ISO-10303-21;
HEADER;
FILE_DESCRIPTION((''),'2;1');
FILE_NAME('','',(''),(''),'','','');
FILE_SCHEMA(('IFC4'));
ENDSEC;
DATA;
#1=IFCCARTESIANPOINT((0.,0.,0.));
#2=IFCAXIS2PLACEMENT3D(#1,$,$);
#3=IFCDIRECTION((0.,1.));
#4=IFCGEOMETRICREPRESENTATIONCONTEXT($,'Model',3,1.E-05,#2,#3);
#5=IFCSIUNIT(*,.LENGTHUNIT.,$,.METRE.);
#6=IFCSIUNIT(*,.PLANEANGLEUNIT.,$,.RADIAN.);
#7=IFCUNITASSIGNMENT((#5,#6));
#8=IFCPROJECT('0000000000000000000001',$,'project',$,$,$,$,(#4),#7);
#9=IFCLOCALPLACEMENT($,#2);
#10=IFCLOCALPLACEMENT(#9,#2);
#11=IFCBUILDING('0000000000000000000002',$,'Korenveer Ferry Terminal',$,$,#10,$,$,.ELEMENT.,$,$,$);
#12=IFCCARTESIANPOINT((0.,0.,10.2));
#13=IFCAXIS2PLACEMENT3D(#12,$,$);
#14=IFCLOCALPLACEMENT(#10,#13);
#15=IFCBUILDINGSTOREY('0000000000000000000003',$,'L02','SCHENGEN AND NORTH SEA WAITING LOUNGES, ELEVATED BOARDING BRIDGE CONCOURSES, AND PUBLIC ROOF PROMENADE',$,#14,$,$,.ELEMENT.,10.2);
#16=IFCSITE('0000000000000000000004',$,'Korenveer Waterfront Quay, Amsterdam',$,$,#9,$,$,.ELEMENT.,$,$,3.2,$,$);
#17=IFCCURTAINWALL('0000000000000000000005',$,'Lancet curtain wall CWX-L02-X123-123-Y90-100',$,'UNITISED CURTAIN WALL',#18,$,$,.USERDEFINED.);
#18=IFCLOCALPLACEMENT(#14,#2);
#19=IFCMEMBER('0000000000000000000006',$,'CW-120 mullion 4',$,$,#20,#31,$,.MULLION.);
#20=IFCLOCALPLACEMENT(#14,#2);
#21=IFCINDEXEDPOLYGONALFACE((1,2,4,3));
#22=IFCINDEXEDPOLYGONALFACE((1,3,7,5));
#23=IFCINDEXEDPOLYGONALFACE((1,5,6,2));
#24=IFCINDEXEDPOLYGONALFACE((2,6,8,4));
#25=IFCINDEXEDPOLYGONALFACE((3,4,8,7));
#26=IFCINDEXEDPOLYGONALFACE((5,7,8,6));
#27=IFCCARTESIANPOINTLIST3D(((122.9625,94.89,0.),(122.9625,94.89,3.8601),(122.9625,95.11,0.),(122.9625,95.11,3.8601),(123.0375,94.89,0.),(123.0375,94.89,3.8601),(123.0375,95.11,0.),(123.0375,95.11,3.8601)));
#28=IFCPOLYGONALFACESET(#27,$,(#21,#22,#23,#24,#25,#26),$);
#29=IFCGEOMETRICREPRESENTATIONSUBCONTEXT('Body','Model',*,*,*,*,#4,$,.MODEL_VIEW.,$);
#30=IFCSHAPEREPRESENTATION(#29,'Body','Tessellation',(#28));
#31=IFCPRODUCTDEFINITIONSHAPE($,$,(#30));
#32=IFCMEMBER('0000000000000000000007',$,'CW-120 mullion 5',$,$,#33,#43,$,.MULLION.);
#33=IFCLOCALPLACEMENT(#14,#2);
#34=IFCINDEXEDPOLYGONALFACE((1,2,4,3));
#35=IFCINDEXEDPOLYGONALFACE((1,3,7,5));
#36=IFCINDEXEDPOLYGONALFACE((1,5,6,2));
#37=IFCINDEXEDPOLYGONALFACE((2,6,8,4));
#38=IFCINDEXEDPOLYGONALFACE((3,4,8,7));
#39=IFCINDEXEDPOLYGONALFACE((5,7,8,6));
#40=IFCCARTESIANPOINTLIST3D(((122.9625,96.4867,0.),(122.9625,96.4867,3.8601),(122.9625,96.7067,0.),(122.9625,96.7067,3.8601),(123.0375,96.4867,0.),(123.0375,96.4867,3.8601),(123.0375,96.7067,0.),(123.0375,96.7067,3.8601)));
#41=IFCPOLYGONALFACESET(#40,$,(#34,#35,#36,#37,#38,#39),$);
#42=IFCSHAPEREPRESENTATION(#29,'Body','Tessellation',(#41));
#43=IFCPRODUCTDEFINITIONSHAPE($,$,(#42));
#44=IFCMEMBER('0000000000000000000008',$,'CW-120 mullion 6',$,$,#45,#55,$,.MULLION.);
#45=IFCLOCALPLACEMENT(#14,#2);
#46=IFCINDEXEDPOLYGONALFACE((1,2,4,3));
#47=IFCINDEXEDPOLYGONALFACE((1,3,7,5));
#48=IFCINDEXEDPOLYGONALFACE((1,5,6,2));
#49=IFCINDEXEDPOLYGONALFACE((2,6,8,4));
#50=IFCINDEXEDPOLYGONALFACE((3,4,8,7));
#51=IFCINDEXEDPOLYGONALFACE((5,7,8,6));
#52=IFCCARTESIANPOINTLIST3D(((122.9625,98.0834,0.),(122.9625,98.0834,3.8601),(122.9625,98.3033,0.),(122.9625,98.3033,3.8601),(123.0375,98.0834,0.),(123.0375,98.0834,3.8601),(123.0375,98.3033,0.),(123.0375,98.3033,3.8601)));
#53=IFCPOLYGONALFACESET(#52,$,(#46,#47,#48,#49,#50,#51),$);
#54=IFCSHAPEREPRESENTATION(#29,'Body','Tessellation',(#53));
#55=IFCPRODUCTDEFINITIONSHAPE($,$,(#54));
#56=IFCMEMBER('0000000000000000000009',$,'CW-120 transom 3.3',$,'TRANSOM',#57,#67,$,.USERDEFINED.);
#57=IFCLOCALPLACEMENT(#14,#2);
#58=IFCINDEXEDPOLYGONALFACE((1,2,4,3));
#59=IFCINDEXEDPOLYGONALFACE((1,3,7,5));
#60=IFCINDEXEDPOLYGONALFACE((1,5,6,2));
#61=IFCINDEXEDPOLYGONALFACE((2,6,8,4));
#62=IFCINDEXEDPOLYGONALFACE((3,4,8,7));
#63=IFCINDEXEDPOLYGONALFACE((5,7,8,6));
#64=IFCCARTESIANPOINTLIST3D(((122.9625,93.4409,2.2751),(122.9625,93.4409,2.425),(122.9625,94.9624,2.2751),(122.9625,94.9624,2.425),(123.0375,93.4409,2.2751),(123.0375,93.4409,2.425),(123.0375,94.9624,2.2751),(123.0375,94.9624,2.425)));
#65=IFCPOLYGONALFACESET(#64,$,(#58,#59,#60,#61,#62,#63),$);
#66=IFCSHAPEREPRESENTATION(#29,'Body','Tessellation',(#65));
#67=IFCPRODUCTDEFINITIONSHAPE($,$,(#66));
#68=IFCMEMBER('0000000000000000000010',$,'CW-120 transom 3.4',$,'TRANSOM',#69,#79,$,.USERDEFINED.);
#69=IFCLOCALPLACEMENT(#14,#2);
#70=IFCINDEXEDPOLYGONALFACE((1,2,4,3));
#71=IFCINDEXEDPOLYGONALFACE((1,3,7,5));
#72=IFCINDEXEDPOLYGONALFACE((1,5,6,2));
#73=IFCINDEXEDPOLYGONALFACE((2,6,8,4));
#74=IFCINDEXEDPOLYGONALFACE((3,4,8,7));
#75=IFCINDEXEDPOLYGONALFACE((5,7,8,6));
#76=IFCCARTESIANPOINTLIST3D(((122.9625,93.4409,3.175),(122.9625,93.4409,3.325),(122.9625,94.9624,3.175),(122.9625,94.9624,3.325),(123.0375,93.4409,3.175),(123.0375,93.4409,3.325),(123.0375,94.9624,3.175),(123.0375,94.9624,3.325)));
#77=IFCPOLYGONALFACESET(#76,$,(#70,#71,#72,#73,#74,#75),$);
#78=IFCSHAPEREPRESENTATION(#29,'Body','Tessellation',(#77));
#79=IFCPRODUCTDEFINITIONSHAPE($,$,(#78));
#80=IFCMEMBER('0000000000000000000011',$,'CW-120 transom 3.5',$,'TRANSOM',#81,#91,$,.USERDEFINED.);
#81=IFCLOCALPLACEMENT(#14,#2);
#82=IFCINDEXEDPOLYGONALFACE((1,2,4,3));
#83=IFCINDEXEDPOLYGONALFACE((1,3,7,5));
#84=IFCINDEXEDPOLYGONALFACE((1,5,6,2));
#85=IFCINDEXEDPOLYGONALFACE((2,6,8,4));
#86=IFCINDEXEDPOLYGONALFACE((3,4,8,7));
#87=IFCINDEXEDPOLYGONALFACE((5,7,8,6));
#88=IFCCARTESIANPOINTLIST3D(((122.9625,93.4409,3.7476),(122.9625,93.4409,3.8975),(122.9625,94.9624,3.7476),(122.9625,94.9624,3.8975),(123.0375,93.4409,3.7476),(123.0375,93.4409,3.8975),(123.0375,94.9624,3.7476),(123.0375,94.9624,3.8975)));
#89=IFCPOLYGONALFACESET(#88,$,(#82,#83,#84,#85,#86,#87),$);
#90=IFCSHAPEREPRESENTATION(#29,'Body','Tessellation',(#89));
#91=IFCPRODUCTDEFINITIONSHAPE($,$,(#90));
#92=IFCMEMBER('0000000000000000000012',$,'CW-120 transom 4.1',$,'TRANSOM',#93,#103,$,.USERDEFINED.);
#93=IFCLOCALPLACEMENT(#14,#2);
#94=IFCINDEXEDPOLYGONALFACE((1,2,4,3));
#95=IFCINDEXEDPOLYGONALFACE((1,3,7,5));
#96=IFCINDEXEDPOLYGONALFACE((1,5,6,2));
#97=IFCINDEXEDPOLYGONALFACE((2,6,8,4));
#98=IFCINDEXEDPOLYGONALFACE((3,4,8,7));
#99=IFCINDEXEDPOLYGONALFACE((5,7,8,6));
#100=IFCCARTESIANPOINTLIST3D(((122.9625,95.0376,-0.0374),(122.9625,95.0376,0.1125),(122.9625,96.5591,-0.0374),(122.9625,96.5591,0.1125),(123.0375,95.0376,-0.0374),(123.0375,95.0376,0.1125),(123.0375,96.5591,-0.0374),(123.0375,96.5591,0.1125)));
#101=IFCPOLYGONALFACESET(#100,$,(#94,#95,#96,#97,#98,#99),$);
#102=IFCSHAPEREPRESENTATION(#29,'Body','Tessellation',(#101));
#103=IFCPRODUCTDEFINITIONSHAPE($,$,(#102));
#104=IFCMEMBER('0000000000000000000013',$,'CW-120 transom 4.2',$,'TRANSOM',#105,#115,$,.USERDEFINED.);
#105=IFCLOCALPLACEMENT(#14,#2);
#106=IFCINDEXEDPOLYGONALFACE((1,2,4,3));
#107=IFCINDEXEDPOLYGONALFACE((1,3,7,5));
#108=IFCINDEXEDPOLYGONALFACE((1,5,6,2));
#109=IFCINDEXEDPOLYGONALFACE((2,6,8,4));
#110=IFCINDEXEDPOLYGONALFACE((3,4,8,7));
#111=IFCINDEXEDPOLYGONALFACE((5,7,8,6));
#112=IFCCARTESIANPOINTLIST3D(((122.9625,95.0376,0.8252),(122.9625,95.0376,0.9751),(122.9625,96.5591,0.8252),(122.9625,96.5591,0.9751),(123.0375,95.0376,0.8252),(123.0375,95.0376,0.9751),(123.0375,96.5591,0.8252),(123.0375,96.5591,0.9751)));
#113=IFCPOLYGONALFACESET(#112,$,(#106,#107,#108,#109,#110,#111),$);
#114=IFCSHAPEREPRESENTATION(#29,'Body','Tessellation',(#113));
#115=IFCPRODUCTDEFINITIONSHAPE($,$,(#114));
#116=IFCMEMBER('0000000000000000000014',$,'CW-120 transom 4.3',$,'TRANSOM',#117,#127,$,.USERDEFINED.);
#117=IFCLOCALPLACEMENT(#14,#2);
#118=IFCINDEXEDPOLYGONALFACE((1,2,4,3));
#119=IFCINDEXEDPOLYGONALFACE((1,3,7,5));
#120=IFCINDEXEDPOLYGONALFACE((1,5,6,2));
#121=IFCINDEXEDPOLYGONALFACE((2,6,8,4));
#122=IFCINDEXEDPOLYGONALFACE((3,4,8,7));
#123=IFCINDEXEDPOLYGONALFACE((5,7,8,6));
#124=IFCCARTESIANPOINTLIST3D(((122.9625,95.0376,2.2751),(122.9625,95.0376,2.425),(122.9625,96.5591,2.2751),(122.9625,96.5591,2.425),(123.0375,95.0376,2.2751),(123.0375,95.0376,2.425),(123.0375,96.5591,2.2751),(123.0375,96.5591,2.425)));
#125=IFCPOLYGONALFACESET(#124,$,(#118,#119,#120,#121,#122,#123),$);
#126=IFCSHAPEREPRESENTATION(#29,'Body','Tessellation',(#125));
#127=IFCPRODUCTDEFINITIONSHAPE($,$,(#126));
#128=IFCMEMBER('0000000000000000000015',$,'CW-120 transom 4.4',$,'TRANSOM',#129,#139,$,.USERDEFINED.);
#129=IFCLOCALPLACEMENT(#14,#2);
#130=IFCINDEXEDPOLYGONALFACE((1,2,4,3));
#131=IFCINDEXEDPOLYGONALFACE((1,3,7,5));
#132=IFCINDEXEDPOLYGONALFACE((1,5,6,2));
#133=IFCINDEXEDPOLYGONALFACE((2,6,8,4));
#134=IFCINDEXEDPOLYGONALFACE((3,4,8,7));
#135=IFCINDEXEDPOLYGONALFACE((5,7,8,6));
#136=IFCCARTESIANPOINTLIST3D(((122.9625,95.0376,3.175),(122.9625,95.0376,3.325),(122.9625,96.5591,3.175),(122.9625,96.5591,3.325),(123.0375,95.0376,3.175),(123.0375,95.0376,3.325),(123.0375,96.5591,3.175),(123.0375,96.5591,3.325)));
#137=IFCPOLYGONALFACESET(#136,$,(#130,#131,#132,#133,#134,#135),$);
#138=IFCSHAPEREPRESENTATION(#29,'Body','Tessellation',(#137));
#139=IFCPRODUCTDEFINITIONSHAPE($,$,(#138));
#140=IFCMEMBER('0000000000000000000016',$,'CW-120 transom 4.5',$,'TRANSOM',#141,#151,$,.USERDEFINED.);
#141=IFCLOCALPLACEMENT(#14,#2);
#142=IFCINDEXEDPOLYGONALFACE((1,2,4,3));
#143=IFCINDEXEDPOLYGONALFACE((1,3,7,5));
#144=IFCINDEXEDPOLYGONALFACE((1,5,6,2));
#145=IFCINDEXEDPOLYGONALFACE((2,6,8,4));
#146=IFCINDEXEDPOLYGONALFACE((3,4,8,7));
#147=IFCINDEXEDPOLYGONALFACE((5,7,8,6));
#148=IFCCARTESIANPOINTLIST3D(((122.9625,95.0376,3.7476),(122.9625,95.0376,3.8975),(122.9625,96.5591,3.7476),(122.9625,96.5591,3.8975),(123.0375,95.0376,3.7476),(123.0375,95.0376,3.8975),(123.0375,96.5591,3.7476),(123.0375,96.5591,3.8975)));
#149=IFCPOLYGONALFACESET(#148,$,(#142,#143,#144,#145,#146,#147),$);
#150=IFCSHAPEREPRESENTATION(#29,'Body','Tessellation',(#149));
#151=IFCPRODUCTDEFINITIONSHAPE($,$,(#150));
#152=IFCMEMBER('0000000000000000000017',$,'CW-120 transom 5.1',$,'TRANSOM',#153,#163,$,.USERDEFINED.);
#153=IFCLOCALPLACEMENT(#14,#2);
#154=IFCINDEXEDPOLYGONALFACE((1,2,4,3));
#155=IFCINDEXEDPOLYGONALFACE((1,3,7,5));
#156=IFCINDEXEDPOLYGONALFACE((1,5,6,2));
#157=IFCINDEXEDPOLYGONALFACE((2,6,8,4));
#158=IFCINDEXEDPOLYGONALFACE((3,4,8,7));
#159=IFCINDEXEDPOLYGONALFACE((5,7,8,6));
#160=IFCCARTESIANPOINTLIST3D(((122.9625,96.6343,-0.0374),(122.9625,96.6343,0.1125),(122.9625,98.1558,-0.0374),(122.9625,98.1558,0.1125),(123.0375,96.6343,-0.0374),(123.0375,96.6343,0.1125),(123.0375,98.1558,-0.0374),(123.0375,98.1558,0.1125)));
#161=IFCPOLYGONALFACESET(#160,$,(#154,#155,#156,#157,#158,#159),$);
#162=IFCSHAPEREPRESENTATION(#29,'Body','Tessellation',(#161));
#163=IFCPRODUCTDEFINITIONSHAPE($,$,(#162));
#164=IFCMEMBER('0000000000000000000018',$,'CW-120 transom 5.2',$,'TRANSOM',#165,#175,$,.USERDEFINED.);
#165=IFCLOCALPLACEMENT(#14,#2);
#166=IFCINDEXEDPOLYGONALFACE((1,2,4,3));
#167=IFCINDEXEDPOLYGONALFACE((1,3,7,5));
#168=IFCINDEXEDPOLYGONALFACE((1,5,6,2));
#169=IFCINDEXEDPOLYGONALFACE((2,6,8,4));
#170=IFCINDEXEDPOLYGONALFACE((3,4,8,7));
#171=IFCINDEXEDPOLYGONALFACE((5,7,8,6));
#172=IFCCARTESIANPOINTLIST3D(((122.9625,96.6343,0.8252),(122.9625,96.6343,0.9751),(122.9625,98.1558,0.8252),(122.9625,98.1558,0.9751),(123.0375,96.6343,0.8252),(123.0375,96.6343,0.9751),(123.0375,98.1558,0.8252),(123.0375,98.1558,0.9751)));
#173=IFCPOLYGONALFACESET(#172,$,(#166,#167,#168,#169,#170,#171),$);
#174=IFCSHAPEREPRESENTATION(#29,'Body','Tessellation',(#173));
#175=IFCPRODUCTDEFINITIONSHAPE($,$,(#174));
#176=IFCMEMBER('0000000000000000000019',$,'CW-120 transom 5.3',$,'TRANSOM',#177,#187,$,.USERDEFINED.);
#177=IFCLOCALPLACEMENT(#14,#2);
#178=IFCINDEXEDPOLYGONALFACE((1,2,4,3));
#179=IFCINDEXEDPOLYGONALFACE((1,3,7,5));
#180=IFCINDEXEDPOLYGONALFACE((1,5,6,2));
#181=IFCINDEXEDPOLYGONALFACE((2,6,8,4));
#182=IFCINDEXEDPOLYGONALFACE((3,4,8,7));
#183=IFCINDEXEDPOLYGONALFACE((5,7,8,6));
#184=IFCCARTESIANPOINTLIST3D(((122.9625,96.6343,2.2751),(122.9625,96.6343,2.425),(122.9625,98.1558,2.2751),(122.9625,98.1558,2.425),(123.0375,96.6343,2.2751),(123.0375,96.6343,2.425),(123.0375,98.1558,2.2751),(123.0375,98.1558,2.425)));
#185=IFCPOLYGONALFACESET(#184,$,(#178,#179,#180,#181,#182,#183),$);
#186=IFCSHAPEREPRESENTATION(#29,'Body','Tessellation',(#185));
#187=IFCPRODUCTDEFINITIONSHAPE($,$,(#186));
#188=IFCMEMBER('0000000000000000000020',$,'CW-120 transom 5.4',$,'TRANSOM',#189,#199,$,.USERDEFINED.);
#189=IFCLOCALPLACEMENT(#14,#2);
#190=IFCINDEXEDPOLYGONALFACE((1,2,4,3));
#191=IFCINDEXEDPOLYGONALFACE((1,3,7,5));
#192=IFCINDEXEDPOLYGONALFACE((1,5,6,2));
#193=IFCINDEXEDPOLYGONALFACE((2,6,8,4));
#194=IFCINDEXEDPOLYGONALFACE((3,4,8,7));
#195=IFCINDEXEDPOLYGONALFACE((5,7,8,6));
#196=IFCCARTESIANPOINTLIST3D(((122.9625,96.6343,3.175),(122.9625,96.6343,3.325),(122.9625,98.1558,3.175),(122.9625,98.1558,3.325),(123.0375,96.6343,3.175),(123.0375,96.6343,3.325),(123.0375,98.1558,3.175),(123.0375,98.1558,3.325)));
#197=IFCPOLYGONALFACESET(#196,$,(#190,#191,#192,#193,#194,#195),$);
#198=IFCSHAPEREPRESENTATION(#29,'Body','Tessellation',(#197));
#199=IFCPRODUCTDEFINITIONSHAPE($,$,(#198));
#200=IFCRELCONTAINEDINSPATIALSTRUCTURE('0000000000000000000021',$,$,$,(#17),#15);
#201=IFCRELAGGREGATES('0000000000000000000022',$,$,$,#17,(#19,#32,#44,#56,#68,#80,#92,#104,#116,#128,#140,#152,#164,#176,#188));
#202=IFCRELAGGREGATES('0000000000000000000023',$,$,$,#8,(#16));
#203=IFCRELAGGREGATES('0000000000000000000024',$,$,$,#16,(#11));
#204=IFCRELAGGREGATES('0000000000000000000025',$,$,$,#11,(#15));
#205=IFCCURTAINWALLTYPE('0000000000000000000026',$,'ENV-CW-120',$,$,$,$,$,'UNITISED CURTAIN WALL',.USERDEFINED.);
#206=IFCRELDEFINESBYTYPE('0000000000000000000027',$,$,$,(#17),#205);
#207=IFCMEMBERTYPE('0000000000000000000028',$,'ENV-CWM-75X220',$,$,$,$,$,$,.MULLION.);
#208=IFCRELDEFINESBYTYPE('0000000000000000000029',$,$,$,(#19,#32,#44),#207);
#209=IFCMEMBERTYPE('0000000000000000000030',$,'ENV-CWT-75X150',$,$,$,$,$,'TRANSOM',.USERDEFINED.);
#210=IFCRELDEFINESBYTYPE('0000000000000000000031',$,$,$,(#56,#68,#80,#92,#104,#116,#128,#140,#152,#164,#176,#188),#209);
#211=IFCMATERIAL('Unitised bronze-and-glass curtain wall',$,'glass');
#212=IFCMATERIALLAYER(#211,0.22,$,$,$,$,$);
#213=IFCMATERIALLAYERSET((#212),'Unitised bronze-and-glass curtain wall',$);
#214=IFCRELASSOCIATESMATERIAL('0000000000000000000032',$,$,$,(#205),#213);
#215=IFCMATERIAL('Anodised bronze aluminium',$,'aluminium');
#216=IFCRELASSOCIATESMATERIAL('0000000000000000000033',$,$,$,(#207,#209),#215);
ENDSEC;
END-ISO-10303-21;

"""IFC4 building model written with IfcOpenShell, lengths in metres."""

from ifc_helpers import new_model, si_unit, direction, frame, origin, origin_2d, place, context, subcontext, project, spatial, rectangle, extrude, material, layer, layer_set, material_profile, profile_set, type_object, element, aggregate, save


model = new_model("IFC4")

# Units and contexts
model_context = context("Model", 3, precision=1e-05, world=origin(), true_north=direction((0.0, 1.0)))
body_context = subcontext(model_context, "Body", "Model", "MODEL_VIEW")
ifc_project = project(units=[si_unit("LENGTHUNIT", "METRE"), si_unit("PLANEANGLEUNIT", "RADIAN")], contexts=[model_context])

# Site, building, storey
site_placement = place(None, origin())
site = spatial("IfcSite", under=ifc_project, at=site_placement, Name="Korenveer Waterfront Quay, Amsterdam", CompositionType="ELEMENT", RefElevation=3.2)
building_placement = place(site_placement, origin())
building = spatial("IfcBuilding", under=site, at=building_placement, Name="Korenveer Ferry Terminal", CompositionType="ELEMENT")
storey_placement = place(building_placement, frame((0.0, 0.0, 10.2)))
storey = spatial("IfcBuildingStorey", under=building, at=storey_placement, Name="L02", Description="SCHENGEN AND NORTH SEA WAITING LOUNGES, ELEVATED BOARDING BRIDGE CONCOURSES, AND PUBLIC ROOF PROMENADE", CompositionType="ELEMENT", Elevation=10.2)

# Curtain wall, members
ifc_material_1 = material(Name="Unitised bronze-and-glass curtain wall", Category="glass")
ifc_layer_1 = layer(ifc_material_1, 0.22)
ifc_layer_set_1 = layer_set([ifc_layer_1], Name="Unitised bronze-and-glass curtain wall")
curtain_wall_type = type_object("IfcCurtainWallType", Name="ENV-CW-120", ElementType="UNITISED CURTAIN WALL", PredefinedType="USERDEFINED", material=ifc_layer_set_1)
curtain_wall_placement = place(storey_placement, frame((123.0, 90.21, 0.0)))
curtain_wall = element("IfcCurtainWall", 1, at=curtain_wall_placement, inside=storey, type_object=curtain_wall_type, Name="Lancet curtain wall CWX-L02-X123-123-Y90-100", ObjectType="UNITISED CURTAIN WALL", PredefinedType="USERDEFINED")
ifc_material_2 = material(Name="Anodised bronze aluminium", Category="aluminium")
ifc_material_profile_1 = material_profile(ifc_material_2, rectangle(XDim=0.075, YDim=0.22, at=origin_2d()), Name="ALU 75x220")
ifc_profile_set_1 = profile_set([ifc_material_profile_1], Name="Anodised bronze aluminium")
member_type_1 = type_object("IfcMemberType", Name="ENV-CWM-75X220", PredefinedType="MULLION", material=ifc_profile_set_1)
member_1_placement = place(storey_placement, frame((123.0, 95.0, 0.0), z_axis=(0.0, 0.0, 1.0), x_axis=(-1.0, 0.0, 0.0)))
member_1 = element("IfcMember", 2, at=member_1_placement, type_object=member_type_1, Name="CW-120 mullion 4", PredefinedType="MULLION", context=body_context, shape_type="SweptSolid", body=[
    extrude(rectangle(XDim=0.075, YDim=0.22, at=origin_2d()), origin(), (0.0, 0.0, 1.0), 3.8601),
])
member_2_placement = place(storey_placement, frame((123.0, 96.5967, 0.0), z_axis=(0.0, 0.0, 1.0), x_axis=(-1.0, 0.0, 0.0)))
member_2 = element("IfcMember", 3, at=member_2_placement, type_object=member_type_1, Name="CW-120 mullion 5", PredefinedType="MULLION", context=body_context, shape_type="SweptSolid", body=[
    extrude(rectangle(XDim=0.075, YDim=0.22, at=origin_2d()), origin(), (0.0, 0.0, 1.0), 3.8601),
])
member_3_placement = place(storey_placement, frame((123.0, 98.1934, 0.0), z_axis=(0.0, 0.0, 1.0), x_axis=(-1.0, 0.0, 0.0)))
member_3 = element("IfcMember", 4, at=member_3_placement, type_object=member_type_1, Name="CW-120 mullion 6", PredefinedType="MULLION", context=body_context, shape_type="SweptSolid", body=[
    extrude(rectangle(XDim=0.075, YDim=0.22, at=origin_2d()), origin(), (0.0, 0.0, 1.0), 3.8601),
])
ifc_material_profile_2 = material_profile(ifc_material_2, rectangle(XDim=0.075, YDim=0.1499, at=origin_2d()), Name="ALU 75x150")
ifc_profile_set_2 = profile_set([ifc_material_profile_2], Name="Anodised bronze aluminium")
member_type_2 = type_object("IfcMemberType", Name="ENV-CWT-75X150", ElementType="TRANSOM", PredefinedType="USERDEFINED", material=ifc_profile_set_2)
member_4_placement = place(storey_placement, frame((123.0, 93.4409, 2.3501), z_axis=(0.0, 1.0, 0.0), x_axis=(-1.0, 0.0, 0.0)))
member_4 = element("IfcMember", 5, at=member_4_placement, type_object=member_type_2, Name="CW-120 transom 3.3", ObjectType="TRANSOM", PredefinedType="USERDEFINED", context=body_context, shape_type="SweptSolid", body=[
    extrude(rectangle(XDim=0.075, YDim=0.1499, at=origin_2d()), origin(), (0.0, 0.0, 1.0), 1.5215),
])
member_5_placement = place(storey_placement, frame((123.0, 93.4409, 3.25), z_axis=(0.0, 1.0, 0.0), x_axis=(-1.0, 0.0, 0.0)))
member_5 = element("IfcMember", 6, at=member_5_placement, type_object=member_type_2, Name="CW-120 transom 3.4", ObjectType="TRANSOM", PredefinedType="USERDEFINED", context=body_context, shape_type="SweptSolid", body=[
    extrude(rectangle(XDim=0.075, YDim=0.1499, at=origin_2d()), origin(), (0.0, 0.0, 1.0), 1.5215),
])
member_6_placement = place(storey_placement, frame((123.0, 93.4409, 3.8225), z_axis=(0.0, 1.0, 0.0), x_axis=(-1.0, 0.0, 0.0)))
member_6 = element("IfcMember", 7, at=member_6_placement, type_object=member_type_2, Name="CW-120 transom 3.5", ObjectType="TRANSOM", PredefinedType="USERDEFINED", context=body_context, shape_type="SweptSolid", body=[
    extrude(rectangle(XDim=0.075, YDim=0.1499, at=origin_2d()), origin(), (0.0, 0.0, 1.0), 1.5215),
])
member_7_placement = place(storey_placement, frame((123.0, 95.0376, 0.0376), z_axis=(0.0, 1.0, 0.0), x_axis=(-1.0, 0.0, 0.0)))
member_7 = element("IfcMember", 8, at=member_7_placement, type_object=member_type_2, Name="CW-120 transom 4.1", ObjectType="TRANSOM", PredefinedType="USERDEFINED", context=body_context, shape_type="SweptSolid", body=[
    extrude(rectangle(XDim=0.075, YDim=0.1499, at=origin_2d()), origin(), (0.0, 0.0, 1.0), 1.5215),
])
member_8_placement = place(storey_placement, frame((123.0, 95.0376, 0.9001), z_axis=(0.0, 1.0, 0.0), x_axis=(-1.0, 0.0, 0.0)))
member_8 = element("IfcMember", 9, at=member_8_placement, type_object=member_type_2, Name="CW-120 transom 4.2", ObjectType="TRANSOM", PredefinedType="USERDEFINED", context=body_context, shape_type="SweptSolid", body=[
    extrude(rectangle(XDim=0.075, YDim=0.1499, at=origin_2d()), origin(), (0.0, 0.0, 1.0), 1.5215),
])
member_9_placement = place(storey_placement, frame((123.0, 95.0376, 2.3501), z_axis=(0.0, 1.0, 0.0), x_axis=(-1.0, 0.0, 0.0)))
member_9 = element("IfcMember", 10, at=member_9_placement, type_object=member_type_2, Name="CW-120 transom 4.3", ObjectType="TRANSOM", PredefinedType="USERDEFINED", context=body_context, shape_type="SweptSolid", body=[
    extrude(rectangle(XDim=0.075, YDim=0.1499, at=origin_2d()), origin(), (0.0, 0.0, 1.0), 1.5215),
])
member_10_placement = place(storey_placement, frame((123.0, 95.0376, 3.25), z_axis=(0.0, 1.0, 0.0), x_axis=(-1.0, 0.0, 0.0)))
member_10 = element("IfcMember", 11, at=member_10_placement, type_object=member_type_2, Name="CW-120 transom 4.4", ObjectType="TRANSOM", PredefinedType="USERDEFINED", context=body_context, shape_type="SweptSolid", body=[
    extrude(rectangle(XDim=0.075, YDim=0.1499, at=origin_2d()), origin(), (0.0, 0.0, 1.0), 1.5215),
])
member_11_placement = place(storey_placement, frame((123.0, 95.0376, 3.8225), z_axis=(0.0, 1.0, 0.0), x_axis=(-1.0, 0.0, 0.0)))
member_11 = element("IfcMember", 12, at=member_11_placement, type_object=member_type_2, Name="CW-120 transom 4.5", ObjectType="TRANSOM", PredefinedType="USERDEFINED", context=body_context, shape_type="SweptSolid", body=[
    extrude(rectangle(XDim=0.075, YDim=0.1499, at=origin_2d()), origin(), (0.0, 0.0, 1.0), 1.5215),
])
member_12_placement = place(storey_placement, frame((123.0, 96.6343, 0.0376), z_axis=(0.0, 1.0, 0.0), x_axis=(-1.0, 0.0, 0.0)))
member_12 = element("IfcMember", 13, at=member_12_placement, type_object=member_type_2, Name="CW-120 transom 5.1", ObjectType="TRANSOM", PredefinedType="USERDEFINED", context=body_context, shape_type="SweptSolid", body=[
    extrude(rectangle(XDim=0.075, YDim=0.1499, at=origin_2d()), origin(), (0.0, 0.0, 1.0), 1.5215),
])
member_13_placement = place(storey_placement, frame((123.0, 96.6343, 0.9001), z_axis=(0.0, 1.0, 0.0), x_axis=(-1.0, 0.0, 0.0)))
member_13 = element("IfcMember", 14, at=member_13_placement, type_object=member_type_2, Name="CW-120 transom 5.2", ObjectType="TRANSOM", PredefinedType="USERDEFINED", context=body_context, shape_type="SweptSolid", body=[
    extrude(rectangle(XDim=0.075, YDim=0.1499, at=origin_2d()), origin(), (0.0, 0.0, 1.0), 1.5215),
])
member_14_placement = place(storey_placement, frame((123.0, 96.6343, 2.3501), z_axis=(0.0, 1.0, 0.0), x_axis=(-1.0, 0.0, 0.0)))
member_14 = element("IfcMember", 15, at=member_14_placement, type_object=member_type_2, Name="CW-120 transom 5.3", ObjectType="TRANSOM", PredefinedType="USERDEFINED", context=body_context, shape_type="SweptSolid", body=[
    extrude(rectangle(XDim=0.075, YDim=0.1499, at=origin_2d()), origin(), (0.0, 0.0, 1.0), 1.5215),
])
member_15_placement = place(storey_placement, frame((123.0, 96.6343, 3.25), z_axis=(0.0, 1.0, 0.0), x_axis=(-1.0, 0.0, 0.0)))
member_15 = element("IfcMember", 16, at=member_15_placement, type_object=member_type_2, Name="CW-120 transom 5.4", ObjectType="TRANSOM", PredefinedType="USERDEFINED", context=body_context, shape_type="SweptSolid", body=[
    extrude(rectangle(XDim=0.075, YDim=0.1499, at=origin_2d()), origin(), (0.0, 0.0, 1.0), 1.5215),
])
aggregate(curtain_wall, [member_1, member_2, member_3, member_4, member_5, member_6, member_7, member_8, member_9, member_10, member_11, member_12, member_13, member_14, member_15])

save(model, "model.ifc")
